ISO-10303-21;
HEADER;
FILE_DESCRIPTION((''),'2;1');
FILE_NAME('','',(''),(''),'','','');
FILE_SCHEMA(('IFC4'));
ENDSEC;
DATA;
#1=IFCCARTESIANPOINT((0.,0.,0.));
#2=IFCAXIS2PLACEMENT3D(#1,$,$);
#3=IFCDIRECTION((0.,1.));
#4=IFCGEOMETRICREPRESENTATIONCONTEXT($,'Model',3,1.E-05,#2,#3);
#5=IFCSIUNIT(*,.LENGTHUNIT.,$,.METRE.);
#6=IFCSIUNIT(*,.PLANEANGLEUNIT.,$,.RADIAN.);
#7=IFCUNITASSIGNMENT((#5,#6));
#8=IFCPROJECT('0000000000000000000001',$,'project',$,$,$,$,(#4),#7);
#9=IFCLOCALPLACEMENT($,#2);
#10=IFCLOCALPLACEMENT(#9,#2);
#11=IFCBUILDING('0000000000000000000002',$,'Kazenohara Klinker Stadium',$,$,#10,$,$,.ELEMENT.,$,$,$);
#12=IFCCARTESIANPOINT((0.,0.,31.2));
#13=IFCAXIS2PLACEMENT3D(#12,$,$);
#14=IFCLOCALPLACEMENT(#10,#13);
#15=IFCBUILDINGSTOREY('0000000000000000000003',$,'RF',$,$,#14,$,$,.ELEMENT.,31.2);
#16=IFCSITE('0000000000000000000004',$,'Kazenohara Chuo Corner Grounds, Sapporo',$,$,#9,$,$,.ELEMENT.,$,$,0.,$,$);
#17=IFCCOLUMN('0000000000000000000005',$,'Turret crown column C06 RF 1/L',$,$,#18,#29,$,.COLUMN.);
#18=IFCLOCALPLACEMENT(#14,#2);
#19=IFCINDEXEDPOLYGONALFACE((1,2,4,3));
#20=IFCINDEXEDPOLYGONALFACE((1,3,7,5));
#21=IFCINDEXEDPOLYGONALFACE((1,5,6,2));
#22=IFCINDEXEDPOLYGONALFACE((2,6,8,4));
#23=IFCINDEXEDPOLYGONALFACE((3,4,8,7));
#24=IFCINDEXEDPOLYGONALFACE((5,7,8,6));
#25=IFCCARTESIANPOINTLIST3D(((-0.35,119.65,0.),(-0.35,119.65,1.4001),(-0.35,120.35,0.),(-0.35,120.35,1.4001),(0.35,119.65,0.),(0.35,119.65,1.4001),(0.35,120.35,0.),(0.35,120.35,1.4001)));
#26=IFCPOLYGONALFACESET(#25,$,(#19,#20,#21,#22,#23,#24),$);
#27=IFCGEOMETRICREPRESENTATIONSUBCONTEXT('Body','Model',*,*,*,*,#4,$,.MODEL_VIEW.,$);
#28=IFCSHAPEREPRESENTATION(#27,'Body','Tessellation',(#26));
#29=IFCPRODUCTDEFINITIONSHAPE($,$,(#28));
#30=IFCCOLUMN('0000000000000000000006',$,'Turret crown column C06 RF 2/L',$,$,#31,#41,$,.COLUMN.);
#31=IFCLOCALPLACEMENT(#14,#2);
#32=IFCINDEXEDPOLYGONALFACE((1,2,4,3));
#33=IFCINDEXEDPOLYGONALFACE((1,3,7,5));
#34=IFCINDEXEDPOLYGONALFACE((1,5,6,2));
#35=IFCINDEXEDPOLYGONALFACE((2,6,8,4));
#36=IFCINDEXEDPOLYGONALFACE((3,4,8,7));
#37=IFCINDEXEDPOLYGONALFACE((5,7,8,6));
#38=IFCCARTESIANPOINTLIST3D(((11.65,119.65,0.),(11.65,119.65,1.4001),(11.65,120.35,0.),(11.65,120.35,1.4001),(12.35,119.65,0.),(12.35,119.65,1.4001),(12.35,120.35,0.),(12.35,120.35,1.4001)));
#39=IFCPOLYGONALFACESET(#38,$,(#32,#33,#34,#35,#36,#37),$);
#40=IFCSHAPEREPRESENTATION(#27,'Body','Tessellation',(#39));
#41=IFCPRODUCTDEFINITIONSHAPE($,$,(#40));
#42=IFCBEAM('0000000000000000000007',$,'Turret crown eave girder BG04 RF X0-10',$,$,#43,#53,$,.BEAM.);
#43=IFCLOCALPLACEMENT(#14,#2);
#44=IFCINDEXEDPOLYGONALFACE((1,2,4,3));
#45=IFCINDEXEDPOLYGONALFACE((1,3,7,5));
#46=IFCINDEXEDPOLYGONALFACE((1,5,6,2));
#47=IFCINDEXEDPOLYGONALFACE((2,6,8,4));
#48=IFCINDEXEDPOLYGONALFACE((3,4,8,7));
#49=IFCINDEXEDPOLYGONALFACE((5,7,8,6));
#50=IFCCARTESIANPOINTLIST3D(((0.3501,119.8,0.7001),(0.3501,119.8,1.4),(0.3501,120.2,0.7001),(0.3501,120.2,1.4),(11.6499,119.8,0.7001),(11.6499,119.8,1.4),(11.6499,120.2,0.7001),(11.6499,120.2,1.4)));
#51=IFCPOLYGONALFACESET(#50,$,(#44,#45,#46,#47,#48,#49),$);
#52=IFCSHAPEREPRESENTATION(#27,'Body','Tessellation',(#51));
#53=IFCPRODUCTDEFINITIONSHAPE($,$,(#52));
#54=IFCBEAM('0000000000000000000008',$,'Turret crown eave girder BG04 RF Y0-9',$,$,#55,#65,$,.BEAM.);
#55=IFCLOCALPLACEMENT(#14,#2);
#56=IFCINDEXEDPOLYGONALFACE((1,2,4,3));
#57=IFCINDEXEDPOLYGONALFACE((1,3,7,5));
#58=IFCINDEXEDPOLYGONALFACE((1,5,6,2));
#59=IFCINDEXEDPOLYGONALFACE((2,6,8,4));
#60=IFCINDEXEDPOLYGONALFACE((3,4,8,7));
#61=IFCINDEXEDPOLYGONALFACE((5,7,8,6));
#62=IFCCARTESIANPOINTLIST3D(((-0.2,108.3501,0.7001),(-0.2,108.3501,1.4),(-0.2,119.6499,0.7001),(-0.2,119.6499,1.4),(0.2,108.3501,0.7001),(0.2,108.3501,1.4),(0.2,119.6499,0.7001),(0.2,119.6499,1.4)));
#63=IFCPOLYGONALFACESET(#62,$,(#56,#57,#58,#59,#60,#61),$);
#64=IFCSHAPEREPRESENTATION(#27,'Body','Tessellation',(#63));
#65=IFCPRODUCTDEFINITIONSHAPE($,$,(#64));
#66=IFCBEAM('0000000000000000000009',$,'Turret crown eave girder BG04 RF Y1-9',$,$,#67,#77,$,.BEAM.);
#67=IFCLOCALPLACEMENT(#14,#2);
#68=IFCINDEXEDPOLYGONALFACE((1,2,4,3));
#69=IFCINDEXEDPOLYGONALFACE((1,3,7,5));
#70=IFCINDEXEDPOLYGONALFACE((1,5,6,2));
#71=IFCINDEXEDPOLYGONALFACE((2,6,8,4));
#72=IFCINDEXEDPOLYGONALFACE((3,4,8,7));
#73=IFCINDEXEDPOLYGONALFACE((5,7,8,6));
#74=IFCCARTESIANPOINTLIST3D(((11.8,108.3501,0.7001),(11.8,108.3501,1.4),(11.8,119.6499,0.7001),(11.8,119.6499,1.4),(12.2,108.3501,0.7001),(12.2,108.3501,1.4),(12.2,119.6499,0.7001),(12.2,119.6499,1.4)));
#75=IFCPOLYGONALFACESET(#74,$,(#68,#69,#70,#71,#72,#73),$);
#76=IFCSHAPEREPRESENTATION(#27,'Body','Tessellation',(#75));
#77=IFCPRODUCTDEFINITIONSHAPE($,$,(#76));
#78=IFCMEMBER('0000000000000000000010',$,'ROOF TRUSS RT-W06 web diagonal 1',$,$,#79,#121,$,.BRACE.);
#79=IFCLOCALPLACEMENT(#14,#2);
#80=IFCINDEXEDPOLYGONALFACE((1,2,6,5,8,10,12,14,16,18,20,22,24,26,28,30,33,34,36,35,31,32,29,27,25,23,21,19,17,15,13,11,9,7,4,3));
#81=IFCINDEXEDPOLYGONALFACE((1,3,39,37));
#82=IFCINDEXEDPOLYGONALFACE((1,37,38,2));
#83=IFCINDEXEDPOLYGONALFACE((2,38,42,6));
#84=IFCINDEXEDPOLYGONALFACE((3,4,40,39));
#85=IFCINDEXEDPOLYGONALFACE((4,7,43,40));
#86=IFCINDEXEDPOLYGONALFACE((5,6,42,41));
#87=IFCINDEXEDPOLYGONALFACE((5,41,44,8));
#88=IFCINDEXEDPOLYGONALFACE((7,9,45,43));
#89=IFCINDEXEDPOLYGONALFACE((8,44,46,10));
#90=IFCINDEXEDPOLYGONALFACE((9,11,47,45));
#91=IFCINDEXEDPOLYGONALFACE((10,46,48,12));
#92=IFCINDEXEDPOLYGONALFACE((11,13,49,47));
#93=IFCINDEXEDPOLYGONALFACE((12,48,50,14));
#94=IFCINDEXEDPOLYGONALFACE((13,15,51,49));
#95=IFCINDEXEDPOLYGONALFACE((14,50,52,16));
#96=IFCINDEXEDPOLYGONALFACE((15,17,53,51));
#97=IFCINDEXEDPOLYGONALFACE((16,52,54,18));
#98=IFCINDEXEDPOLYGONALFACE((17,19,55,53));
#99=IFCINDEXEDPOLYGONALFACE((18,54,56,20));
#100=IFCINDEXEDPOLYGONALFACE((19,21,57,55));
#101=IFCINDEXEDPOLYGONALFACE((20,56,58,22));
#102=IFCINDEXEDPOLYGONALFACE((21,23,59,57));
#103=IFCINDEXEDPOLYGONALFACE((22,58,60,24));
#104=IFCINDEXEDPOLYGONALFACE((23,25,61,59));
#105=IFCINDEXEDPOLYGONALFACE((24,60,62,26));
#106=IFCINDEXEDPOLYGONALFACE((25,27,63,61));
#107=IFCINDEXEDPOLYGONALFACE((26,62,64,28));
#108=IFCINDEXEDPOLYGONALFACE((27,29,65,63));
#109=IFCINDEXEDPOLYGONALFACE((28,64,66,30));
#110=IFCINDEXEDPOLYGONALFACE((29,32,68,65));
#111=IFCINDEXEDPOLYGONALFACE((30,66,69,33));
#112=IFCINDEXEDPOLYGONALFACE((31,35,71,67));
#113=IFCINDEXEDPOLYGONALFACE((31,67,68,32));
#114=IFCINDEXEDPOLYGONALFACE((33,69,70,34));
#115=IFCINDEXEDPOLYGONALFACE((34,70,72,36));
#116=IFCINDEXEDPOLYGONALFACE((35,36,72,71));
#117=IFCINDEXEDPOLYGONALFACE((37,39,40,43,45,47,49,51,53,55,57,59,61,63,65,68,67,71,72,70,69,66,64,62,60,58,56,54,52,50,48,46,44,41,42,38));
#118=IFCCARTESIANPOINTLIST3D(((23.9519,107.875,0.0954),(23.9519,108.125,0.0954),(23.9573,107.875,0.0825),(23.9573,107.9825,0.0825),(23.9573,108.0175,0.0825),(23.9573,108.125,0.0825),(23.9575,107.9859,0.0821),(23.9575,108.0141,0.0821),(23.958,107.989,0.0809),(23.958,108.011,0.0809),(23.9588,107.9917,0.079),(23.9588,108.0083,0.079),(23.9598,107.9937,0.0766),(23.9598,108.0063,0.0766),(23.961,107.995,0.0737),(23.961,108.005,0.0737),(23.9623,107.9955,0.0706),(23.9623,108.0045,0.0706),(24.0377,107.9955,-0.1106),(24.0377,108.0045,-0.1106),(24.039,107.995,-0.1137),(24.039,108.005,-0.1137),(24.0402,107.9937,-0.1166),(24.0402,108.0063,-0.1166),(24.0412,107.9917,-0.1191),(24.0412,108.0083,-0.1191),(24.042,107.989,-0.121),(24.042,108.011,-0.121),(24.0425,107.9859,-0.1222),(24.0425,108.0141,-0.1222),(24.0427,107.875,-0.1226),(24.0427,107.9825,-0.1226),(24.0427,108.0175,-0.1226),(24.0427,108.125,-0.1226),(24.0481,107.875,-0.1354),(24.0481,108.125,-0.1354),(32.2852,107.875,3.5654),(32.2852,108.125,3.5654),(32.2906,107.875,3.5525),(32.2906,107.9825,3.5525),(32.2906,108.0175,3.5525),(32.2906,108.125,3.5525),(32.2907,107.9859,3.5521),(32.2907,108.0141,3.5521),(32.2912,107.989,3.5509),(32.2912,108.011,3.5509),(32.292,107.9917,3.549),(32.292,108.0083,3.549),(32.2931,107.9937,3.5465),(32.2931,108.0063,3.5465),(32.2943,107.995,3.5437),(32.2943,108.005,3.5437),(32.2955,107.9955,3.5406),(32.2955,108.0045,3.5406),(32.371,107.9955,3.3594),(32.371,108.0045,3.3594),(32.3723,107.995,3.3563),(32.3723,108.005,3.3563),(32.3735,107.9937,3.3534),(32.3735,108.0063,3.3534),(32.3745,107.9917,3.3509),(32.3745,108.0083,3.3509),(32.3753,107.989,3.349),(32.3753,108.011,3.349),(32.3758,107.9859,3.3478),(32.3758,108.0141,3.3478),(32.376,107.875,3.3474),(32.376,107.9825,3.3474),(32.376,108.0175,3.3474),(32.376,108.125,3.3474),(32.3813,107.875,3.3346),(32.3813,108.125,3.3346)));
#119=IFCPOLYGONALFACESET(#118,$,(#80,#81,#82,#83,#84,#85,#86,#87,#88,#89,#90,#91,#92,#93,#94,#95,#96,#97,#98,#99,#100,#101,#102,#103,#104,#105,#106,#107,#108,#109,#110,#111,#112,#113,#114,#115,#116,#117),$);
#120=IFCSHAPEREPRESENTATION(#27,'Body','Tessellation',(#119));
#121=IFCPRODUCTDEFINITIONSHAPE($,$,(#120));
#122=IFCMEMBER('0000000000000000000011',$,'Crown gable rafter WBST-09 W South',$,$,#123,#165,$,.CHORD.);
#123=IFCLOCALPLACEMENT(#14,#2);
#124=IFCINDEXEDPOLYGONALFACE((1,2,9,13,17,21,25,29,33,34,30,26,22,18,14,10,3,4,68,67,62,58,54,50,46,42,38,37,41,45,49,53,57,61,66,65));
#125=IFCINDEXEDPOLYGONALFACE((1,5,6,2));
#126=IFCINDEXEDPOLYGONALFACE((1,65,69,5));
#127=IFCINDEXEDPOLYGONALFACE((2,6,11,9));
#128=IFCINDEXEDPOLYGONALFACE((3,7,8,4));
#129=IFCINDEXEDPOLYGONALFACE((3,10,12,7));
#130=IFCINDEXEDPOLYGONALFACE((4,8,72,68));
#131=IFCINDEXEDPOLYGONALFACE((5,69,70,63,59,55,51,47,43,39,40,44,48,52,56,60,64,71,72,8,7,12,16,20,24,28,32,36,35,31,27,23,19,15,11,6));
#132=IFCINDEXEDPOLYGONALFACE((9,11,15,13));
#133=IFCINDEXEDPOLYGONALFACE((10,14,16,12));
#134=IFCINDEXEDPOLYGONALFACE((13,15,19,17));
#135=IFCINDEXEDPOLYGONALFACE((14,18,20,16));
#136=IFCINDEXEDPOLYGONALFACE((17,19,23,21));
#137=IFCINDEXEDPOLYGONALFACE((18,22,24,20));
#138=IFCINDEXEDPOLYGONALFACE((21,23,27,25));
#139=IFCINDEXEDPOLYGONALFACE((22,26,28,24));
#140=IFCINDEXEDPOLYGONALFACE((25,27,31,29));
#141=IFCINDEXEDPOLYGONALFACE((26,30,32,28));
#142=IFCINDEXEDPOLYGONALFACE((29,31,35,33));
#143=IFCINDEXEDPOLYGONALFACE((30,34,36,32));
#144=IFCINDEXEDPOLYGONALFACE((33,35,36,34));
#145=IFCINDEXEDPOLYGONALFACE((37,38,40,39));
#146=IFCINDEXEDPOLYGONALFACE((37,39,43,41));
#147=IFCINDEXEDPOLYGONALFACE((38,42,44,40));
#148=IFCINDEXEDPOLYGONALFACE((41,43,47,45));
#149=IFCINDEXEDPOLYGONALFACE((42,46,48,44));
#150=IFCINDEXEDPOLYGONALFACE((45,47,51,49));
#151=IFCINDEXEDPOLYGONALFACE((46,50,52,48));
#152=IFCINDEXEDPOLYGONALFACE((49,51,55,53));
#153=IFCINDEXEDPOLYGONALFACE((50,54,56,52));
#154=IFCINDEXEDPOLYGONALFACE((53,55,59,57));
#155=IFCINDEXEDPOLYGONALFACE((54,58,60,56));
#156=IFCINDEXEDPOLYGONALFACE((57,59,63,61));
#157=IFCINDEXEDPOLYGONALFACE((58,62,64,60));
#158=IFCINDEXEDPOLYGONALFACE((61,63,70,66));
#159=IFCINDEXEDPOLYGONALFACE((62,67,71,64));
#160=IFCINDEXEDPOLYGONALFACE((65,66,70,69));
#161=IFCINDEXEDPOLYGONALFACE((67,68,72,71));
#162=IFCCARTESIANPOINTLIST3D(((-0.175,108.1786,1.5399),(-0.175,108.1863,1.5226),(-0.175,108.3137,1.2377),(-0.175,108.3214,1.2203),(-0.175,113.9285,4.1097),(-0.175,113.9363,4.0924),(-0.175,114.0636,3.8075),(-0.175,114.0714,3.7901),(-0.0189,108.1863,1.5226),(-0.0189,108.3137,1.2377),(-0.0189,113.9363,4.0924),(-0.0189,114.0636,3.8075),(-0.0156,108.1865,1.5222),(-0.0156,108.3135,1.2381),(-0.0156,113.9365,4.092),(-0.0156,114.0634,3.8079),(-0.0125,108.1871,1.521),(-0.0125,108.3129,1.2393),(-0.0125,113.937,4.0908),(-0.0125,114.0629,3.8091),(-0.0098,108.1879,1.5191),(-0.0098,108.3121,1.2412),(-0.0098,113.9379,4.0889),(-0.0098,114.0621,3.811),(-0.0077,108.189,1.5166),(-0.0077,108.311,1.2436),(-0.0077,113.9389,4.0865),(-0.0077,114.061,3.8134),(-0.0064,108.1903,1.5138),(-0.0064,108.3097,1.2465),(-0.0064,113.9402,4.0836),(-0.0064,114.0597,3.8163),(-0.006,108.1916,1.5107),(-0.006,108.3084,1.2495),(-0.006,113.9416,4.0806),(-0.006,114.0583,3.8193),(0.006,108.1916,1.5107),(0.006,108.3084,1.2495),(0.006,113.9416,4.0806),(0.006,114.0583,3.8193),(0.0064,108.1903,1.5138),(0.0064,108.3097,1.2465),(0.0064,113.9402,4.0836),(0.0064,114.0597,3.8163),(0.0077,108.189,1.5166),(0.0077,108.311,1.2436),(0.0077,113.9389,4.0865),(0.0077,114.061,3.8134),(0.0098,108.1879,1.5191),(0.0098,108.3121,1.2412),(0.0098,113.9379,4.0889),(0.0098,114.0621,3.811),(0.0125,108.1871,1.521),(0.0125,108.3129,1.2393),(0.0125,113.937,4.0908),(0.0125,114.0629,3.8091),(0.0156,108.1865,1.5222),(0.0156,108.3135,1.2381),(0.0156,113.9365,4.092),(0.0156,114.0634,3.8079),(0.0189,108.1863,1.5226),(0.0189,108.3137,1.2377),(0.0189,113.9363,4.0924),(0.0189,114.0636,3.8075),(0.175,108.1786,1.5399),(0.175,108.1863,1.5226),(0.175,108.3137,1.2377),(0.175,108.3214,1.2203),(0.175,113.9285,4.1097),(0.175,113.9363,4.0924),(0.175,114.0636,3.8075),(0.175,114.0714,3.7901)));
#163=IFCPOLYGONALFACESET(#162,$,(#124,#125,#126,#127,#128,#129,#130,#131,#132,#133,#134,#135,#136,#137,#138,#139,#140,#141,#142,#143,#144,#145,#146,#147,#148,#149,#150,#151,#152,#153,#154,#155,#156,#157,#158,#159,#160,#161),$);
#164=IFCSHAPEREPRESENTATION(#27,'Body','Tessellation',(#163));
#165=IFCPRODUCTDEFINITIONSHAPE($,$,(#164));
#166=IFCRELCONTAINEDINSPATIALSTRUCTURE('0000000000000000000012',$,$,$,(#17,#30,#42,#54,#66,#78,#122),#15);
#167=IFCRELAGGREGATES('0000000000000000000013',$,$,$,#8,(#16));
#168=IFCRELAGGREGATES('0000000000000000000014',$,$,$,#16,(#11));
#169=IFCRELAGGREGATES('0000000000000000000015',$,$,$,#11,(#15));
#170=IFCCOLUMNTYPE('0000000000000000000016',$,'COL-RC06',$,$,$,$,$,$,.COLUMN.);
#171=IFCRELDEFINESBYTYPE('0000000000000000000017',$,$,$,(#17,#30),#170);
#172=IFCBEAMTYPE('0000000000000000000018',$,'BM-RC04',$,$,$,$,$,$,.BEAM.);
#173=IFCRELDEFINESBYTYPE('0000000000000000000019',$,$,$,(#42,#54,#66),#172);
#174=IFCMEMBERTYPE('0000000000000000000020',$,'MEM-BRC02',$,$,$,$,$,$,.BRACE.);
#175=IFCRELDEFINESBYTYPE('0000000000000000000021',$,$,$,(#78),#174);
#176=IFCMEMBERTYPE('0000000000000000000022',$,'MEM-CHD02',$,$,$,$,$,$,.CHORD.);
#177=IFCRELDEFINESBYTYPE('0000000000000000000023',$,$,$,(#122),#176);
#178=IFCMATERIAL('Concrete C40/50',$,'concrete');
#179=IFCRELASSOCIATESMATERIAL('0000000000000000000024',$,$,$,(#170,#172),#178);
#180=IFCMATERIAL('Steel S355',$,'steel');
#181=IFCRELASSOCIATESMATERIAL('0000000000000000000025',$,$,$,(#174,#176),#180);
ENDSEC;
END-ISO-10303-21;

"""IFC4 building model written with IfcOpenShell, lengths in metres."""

from ifc_helpers import new_model, si_unit, direction, frame, origin, origin_2d, place, context, subcontext, project, spatial, rectangle, i_section, extrude, material, material_profile, profile_set, type_object, element, save


model = new_model("IFC4")

# Units and contexts
model_context = context("Model", 3, precision=1e-05, world=origin(), true_north=direction((0.0, 1.0)))
body_context = subcontext(model_context, "Body", "Model", "MODEL_VIEW")
ifc_project = project(units=[si_unit("LENGTHUNIT", "METRE"), si_unit("PLANEANGLEUNIT", "RADIAN")], contexts=[model_context])

# Site, building, storey
site_placement = place(None, origin())
site = spatial("IfcSite", under=ifc_project, at=site_placement, Name="Kazenohara Chuo Corner Grounds, Sapporo", CompositionType="ELEMENT", RefElevation=0.0)
building_placement = place(site_placement, origin())
building = spatial("IfcBuilding", under=site, at=building_placement, Name="Kazenohara Klinker Stadium", CompositionType="ELEMENT")
storey_placement = place(building_placement, frame((0.0, 0.0, 31.2)))
storey = spatial("IfcBuildingStorey", under=building, at=storey_placement, Name="RF", CompositionType="ELEMENT", Elevation=31.2)

# Columns
ifc_material_1 = material(Name="Concrete C40/50", Category="concrete")
ifc_material_profile_1 = material_profile(ifc_material_1, rectangle(XDim=0.7, YDim=0.7, at=origin_2d()), Name="RC-COL-700x700")
ifc_profile_set_1 = profile_set([ifc_material_profile_1], Name="Concrete C40/50")
column_type = type_object("IfcColumnType", Name="COL-RC06", PredefinedType="COLUMN", material=ifc_profile_set_1)
for number, where, z_axis, x_axis, name in (
    (1, (0.0, 120.0, 0.0), (0.0, 0.0, 1.0), (1.0, 0.0, 0.0), "Turret crown column C06 RF 1/L"),
    (2, (12.0, 120.0, 0.0), (0.0, 0.0, 1.0), (1.0, 0.0, 0.0), "Turret crown column C06 RF 2/L"),
):
    element("IfcColumn", number, at=place(storey_placement, frame(where, z_axis=z_axis, x_axis=x_axis)), inside=storey, type_object=column_type, Name=name, PredefinedType="COLUMN", context=body_context, shape_type="SweptSolid", body=[
        extrude(rectangle(XDim=0.7, YDim=0.7, at=origin_2d()), origin(), (0.0, 0.0, 1.0), 1.4001),
    ])

# Beams
ifc_material_profile_2 = material_profile(ifc_material_1, rectangle(XDim=0.3999, YDim=0.7, at=origin_2d()), Name="RC-BM-400x700")
ifc_profile_set_2 = profile_set([ifc_material_profile_2], Name="Concrete C40/50")
beam_type = type_object("IfcBeamType", Name="BM-RC04", PredefinedType="BEAM", material=ifc_profile_set_2)
for number, where, z_axis, x_axis, name in (
    (3, (0.3501, 120.0, 1.05), (1.0, 0.0, 0.0), (0.0, 1.0, 0.0), "Turret crown eave girder BG04 RF X0-10"),
    (4, (0.0, 108.3501, 1.05), (0.0, 1.0, 0.0), (-1.0, 0.0, 0.0), "Turret crown eave girder BG04 RF Y0-9"),
    (5, (12.0, 108.3501, 1.05), (0.0, 1.0, 0.0), (-1.0, 0.0, 0.0), "Turret crown eave girder BG04 RF Y1-9"),
):
    element("IfcBeam", number, at=place(storey_placement, frame(where, z_axis=z_axis, x_axis=x_axis)), inside=storey, type_object=beam_type, Name=name, PredefinedType="BEAM", context=body_context, shape_type="SweptSolid", body=[
        extrude(rectangle(XDim=0.3999, YDim=0.7, at=origin_2d()), origin(), (0.0, 0.0, 1.0), 11.2998),
    ])

# Members
ifc_material_2 = material(Name="Steel S355", Category="steel")
ifc_material_profile_3 = material_profile(ifc_material_2, i_section(OverallWidth=0.25, OverallDepth=0.25, WebThickness=0.009, FlangeThickness=0.0139, FilletRadius=0.0129, at=origin_2d()), Name="H-250x250x9x14")
ifc_profile_set_3 = profile_set([ifc_material_profile_3], Name="Steel S355")
member_type_1 = type_object("IfcMemberType", Name="MEM-BRC02", PredefinedType="BRACE", material=ifc_profile_set_3)
member_1_placement = place(storey_placement, frame((24.0, 108.0, -0.02), z_axis=(0.923164, 0.0, 0.384406), x_axis=(0.0, 1.0, 0.0)))
element("IfcMember", 6, at=member_1_placement, inside=storey, type_object=member_type_1, Name="ROOF TRUSS RT-W06 web diagonal 1", PredefinedType="BRACE", context=body_context, shape_type="SweptSolid", body=[
    extrude(i_section(OverallWidth=0.25, OverallDepth=0.25, WebThickness=0.009, FlangeThickness=0.0139, FilletRadius=0.0129, at=origin_2d()), origin(), (0.0, 0.0, 1.0), 9.0269),
])
ifc_material_profile_4 = material_profile(ifc_material_2, i_section(OverallWidth=0.3501, OverallDepth=0.3501, WebThickness=0.012, FlangeThickness=0.019, FilletRadius=0.0129, at=origin_2d()), Name="H-350x350x12x19")
ifc_profile_set_4 = profile_set([ifc_material_profile_4], Name="Steel S355")
member_type_2 = type_object("IfcMemberType", Name="MEM-CHD02", PredefinedType="CHORD", material=ifc_profile_set_4)
for number, where, z_axis, x_axis, name in (
    (7, (0.0, 108.25, 1.3801), (0.0, 0.912969, 0.408029), (-1.0, 0.0, 0.0), "Crown gable rafter WBST-09 W South"),
):
    element("IfcMember", number, at=place(storey_placement, frame(where, z_axis=z_axis, x_axis=x_axis)), inside=storey, type_object=member_type_2, Name=name, PredefinedType="CHORD", context=body_context, shape_type="SweptSolid", body=[
        extrude(i_section(OverallWidth=0.3501, OverallDepth=0.3501, WebThickness=0.012, FlangeThickness=0.019, FilletRadius=0.0129, at=origin_2d()), origin(), (0.0, 0.0, 1.0), 6.2981),
    ])

save(model, "model.ifc")
